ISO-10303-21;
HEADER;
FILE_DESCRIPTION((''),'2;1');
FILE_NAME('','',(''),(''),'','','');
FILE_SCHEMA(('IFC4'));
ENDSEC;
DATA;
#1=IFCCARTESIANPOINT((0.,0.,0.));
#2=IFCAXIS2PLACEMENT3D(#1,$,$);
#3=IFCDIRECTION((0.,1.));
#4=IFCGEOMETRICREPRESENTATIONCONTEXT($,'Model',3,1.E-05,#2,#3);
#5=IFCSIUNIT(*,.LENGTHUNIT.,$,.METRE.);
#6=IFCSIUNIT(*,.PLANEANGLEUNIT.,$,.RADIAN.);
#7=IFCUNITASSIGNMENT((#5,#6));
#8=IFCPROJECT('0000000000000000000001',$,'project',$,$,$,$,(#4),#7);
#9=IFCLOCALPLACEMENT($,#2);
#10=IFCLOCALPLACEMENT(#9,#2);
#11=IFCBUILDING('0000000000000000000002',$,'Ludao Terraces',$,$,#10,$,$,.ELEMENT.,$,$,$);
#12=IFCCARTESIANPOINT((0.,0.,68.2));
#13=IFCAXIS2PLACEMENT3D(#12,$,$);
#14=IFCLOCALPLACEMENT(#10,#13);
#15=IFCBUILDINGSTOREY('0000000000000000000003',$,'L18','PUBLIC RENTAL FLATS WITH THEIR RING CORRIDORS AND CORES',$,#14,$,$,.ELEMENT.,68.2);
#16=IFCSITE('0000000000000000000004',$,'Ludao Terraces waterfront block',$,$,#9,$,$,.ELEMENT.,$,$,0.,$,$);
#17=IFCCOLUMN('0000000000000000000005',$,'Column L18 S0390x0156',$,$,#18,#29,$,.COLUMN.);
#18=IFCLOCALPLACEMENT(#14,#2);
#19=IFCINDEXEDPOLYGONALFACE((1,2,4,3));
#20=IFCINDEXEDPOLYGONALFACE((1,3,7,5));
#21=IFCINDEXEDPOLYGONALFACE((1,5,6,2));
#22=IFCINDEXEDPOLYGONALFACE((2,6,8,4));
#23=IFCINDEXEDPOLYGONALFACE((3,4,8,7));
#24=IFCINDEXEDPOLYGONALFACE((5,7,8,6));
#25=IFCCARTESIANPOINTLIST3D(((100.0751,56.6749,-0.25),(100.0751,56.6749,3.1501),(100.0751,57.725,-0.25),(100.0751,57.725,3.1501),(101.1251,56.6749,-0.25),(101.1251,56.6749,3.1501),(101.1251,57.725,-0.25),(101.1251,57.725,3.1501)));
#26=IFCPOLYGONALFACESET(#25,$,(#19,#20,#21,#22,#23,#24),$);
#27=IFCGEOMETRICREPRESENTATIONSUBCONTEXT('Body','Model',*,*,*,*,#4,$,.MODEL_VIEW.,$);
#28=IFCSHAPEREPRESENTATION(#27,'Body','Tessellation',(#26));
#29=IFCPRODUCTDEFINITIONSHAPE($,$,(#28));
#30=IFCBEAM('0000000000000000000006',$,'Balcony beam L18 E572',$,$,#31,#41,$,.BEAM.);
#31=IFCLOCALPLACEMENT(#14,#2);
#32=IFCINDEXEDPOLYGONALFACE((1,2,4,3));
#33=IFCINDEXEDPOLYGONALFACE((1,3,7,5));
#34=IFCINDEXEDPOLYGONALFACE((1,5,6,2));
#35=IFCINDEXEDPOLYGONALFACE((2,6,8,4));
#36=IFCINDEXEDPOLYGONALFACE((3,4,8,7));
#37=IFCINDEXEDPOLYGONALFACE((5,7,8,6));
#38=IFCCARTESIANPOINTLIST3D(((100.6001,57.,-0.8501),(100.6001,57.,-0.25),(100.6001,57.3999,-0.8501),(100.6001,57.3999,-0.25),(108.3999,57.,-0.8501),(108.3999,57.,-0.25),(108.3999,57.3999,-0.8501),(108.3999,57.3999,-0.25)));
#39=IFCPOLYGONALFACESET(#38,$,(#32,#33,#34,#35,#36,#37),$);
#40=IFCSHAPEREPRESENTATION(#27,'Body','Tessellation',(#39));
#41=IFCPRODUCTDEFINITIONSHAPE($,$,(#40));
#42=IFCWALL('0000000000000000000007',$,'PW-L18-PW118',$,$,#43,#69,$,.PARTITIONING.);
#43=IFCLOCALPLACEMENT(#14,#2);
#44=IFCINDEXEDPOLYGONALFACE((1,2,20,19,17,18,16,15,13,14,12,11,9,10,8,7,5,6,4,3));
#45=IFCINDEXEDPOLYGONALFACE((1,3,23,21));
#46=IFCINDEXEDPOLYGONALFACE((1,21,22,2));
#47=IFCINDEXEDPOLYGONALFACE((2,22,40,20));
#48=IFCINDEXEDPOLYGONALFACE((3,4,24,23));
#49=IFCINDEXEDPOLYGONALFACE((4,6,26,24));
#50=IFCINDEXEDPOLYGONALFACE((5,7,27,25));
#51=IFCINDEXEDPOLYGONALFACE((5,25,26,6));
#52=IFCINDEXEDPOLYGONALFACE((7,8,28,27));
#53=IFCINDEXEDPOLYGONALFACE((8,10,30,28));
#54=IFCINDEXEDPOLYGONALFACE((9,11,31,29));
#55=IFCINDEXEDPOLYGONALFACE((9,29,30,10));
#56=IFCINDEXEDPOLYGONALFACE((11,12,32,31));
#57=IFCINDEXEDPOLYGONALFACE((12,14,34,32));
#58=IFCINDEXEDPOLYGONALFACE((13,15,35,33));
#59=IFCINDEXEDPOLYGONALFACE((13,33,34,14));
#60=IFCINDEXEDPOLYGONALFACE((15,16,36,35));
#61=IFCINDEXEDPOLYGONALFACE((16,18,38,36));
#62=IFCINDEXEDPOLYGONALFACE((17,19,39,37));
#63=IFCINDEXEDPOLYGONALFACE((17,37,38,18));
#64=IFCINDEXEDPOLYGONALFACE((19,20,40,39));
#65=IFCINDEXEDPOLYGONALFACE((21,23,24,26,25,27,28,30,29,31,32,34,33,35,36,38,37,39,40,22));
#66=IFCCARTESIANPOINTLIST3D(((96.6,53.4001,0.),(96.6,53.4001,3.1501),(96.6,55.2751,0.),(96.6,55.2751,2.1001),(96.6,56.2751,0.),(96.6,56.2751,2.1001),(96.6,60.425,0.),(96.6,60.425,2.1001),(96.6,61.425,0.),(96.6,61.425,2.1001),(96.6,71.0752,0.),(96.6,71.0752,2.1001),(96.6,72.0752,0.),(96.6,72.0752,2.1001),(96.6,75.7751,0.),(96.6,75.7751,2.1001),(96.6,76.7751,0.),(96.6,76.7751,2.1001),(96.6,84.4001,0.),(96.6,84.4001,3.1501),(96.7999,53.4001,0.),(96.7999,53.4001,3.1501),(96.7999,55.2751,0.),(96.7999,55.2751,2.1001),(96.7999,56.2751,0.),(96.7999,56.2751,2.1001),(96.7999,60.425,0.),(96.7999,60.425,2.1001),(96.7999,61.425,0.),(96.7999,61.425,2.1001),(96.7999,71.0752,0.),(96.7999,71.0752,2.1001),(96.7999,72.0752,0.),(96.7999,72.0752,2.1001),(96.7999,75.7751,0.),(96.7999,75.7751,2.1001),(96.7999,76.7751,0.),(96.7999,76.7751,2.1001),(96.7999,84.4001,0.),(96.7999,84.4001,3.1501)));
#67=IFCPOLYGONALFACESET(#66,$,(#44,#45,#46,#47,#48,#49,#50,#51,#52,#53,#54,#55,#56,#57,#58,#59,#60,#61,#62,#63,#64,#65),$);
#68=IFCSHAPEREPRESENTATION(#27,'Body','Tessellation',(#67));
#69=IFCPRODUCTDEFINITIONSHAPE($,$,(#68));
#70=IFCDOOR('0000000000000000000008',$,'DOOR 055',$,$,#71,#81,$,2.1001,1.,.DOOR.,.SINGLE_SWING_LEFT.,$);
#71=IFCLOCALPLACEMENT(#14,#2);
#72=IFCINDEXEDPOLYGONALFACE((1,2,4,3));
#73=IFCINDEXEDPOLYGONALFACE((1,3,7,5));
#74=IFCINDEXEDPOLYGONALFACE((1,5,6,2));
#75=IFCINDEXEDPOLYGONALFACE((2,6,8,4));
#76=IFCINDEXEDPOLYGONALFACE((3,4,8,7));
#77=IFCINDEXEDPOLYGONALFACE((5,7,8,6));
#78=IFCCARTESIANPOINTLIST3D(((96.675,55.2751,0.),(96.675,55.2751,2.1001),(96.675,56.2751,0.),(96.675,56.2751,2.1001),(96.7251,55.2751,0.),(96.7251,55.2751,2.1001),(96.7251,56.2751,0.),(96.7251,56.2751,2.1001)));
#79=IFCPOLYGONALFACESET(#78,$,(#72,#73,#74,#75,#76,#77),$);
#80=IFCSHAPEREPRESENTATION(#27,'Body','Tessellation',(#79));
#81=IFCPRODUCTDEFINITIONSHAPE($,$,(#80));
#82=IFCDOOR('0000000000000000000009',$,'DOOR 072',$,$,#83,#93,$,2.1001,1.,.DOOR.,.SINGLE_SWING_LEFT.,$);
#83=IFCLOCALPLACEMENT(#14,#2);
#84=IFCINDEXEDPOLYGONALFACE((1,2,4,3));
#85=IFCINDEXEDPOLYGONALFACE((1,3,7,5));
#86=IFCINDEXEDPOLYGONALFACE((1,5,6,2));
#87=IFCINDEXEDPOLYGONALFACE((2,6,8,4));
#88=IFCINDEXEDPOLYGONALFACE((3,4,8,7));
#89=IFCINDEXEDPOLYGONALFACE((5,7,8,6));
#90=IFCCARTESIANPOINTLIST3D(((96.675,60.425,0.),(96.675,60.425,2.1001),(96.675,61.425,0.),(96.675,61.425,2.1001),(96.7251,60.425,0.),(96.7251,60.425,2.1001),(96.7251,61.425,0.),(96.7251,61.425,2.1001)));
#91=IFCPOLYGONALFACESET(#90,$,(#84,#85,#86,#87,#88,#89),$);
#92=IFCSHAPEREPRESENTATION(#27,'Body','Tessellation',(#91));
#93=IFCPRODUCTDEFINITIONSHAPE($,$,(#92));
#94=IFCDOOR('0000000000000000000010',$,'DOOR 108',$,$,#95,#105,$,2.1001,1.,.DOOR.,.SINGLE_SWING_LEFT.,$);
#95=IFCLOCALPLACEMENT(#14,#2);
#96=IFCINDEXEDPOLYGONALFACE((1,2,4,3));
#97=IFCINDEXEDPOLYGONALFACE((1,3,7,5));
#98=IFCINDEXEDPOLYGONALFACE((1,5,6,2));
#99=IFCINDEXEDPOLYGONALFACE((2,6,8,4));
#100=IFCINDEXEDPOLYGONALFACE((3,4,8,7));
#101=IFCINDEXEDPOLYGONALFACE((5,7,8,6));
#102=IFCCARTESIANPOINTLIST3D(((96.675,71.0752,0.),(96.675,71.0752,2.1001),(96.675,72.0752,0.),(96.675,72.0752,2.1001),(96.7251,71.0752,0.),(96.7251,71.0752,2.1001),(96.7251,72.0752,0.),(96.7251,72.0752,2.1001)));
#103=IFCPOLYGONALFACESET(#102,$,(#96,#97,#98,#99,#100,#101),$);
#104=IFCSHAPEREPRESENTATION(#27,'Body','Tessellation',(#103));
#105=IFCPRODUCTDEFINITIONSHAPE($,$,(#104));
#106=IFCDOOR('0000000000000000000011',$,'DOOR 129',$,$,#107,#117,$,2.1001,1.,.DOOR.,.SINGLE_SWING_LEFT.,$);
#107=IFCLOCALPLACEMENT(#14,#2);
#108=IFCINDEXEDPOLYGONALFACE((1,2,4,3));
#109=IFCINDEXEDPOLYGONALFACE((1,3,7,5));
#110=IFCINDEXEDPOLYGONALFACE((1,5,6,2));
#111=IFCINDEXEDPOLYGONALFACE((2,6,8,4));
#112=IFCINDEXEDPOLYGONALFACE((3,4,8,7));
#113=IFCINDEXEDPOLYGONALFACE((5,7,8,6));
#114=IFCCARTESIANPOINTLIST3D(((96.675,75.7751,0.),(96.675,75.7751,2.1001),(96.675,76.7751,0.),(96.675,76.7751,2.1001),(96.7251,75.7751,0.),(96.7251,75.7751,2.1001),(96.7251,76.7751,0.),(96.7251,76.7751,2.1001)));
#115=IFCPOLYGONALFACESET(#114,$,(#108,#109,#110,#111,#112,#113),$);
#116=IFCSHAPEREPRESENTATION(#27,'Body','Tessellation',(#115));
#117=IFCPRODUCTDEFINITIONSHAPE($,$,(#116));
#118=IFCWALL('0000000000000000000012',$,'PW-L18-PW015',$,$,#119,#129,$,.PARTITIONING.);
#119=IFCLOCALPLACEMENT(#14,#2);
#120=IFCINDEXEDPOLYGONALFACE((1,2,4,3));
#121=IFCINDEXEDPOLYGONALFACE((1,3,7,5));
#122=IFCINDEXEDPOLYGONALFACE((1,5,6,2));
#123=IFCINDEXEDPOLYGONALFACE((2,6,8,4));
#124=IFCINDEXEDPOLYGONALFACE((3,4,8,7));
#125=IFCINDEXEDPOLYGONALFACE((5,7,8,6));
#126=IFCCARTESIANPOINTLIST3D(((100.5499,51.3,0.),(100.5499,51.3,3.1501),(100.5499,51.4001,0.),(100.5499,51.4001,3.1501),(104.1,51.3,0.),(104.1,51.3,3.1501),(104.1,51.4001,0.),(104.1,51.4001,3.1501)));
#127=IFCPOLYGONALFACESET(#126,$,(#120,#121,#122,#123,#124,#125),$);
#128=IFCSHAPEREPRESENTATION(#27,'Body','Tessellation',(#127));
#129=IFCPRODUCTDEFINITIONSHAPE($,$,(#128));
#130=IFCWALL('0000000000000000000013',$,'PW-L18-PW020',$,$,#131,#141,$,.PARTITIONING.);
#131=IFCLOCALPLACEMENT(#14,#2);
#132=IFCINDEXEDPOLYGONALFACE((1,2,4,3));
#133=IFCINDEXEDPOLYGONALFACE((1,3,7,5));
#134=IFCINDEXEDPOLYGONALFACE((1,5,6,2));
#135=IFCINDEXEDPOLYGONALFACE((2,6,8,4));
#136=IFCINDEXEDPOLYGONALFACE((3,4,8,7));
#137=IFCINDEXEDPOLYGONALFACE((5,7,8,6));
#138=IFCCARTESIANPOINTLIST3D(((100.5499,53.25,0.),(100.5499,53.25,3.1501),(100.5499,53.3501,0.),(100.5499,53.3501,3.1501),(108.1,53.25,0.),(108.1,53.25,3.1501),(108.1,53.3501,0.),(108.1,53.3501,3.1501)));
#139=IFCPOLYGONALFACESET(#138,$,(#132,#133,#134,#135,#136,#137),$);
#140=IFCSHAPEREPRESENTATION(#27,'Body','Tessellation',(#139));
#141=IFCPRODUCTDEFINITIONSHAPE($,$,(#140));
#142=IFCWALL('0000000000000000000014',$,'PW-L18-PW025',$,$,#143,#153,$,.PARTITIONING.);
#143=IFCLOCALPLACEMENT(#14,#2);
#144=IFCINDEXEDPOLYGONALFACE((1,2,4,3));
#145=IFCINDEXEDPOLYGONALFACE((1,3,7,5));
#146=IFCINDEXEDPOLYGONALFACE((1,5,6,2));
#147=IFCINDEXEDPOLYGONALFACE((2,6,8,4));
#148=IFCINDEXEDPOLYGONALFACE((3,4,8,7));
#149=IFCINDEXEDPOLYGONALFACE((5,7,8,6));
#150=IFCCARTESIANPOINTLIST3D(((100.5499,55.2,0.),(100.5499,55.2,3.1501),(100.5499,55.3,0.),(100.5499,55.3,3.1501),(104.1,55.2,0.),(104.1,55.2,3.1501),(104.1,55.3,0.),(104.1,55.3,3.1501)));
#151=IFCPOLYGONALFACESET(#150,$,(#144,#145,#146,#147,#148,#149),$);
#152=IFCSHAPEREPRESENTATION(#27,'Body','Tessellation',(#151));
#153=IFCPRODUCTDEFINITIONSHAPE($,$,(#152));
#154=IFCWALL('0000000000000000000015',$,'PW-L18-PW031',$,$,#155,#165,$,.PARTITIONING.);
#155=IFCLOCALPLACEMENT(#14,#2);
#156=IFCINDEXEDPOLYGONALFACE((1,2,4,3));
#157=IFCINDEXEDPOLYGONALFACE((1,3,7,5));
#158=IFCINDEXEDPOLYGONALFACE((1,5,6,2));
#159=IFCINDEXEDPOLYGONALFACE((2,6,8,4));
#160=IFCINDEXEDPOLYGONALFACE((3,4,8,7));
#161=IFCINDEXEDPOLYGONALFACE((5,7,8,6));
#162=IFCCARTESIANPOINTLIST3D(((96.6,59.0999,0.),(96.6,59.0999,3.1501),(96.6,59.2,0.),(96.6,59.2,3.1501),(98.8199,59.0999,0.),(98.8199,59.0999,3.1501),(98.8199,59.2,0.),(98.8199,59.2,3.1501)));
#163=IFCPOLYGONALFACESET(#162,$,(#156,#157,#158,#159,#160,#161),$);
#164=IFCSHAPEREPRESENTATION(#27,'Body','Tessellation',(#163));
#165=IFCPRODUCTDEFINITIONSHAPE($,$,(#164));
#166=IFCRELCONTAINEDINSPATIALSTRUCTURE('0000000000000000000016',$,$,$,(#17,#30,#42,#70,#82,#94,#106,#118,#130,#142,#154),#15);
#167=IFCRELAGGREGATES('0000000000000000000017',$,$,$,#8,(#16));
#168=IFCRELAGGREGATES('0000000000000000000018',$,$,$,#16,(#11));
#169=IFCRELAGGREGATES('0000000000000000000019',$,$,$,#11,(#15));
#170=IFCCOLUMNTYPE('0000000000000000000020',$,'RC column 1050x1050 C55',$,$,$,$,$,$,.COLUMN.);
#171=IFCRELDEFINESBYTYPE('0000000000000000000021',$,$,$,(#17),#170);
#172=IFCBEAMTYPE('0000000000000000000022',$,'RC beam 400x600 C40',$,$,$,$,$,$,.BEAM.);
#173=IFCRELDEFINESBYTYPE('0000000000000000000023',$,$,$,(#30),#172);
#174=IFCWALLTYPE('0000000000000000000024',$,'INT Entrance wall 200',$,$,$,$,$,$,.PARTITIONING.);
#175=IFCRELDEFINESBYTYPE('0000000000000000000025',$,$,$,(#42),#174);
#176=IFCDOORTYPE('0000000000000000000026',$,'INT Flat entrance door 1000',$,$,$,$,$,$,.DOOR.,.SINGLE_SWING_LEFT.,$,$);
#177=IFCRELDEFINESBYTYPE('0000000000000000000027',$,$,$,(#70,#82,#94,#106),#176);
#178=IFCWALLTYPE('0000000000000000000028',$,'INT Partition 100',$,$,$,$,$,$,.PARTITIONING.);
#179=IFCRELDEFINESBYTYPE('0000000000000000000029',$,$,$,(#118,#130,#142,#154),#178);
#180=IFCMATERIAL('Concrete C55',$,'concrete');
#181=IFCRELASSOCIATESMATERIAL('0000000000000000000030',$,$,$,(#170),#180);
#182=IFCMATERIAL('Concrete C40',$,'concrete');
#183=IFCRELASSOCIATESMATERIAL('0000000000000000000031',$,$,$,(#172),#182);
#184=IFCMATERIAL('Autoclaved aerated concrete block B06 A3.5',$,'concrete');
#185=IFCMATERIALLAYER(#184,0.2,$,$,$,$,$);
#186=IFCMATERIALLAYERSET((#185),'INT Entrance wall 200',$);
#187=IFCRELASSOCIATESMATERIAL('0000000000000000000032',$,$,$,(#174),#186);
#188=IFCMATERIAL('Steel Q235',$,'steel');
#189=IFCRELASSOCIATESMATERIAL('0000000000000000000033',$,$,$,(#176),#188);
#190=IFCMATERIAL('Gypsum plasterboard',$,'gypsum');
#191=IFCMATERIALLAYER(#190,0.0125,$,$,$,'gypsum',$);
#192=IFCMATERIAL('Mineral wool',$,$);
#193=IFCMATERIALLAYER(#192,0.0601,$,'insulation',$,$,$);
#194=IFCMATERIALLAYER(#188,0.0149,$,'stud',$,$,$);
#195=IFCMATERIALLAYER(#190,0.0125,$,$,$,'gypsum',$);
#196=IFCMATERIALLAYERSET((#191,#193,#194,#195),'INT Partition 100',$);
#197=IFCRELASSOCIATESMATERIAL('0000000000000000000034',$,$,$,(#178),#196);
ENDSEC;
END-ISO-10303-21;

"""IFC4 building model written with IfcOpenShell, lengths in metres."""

from ifc_helpers import new_model, si_unit, direction, frame, frame_2d, origin, origin_2d, place, context, subcontext, project, spatial, rectangle, extrude, material, layer, layer_set, material_profile, profile_set, type_object, element, fill, save


model = new_model("IFC4")

# Units and contexts
model_context = context("Model", 3, precision=1e-05, world=origin(), true_north=direction((0.0, 1.0)))
body_context = subcontext(model_context, "Body", "Model", "MODEL_VIEW")
ifc_project = project(units=[si_unit("LENGTHUNIT", "METRE"), si_unit("PLANEANGLEUNIT", "RADIAN")], contexts=[model_context])

# Site, building, storey
site_placement = place(None, origin())
site = spatial("IfcSite", under=ifc_project, at=site_placement, Name="Ludao Terraces waterfront block", CompositionType="ELEMENT", RefElevation=0.0)
building_placement = place(site_placement, origin())
building = spatial("IfcBuilding", under=site, at=building_placement, Name="Ludao Terraces", CompositionType="ELEMENT")
storey_placement = place(building_placement, frame((0.0, 0.0, 68.2)))
storey = spatial("IfcBuildingStorey", under=building, at=storey_placement, Name="L18", Description="PUBLIC RENTAL FLATS WITH THEIR RING CORRIDORS AND CORES", CompositionType="ELEMENT", Elevation=68.2)

# Column
ifc_material_1 = material(Name="Concrete C55", Category="concrete")
ifc_material_profile_1 = material_profile(ifc_material_1, rectangle(XDim=1.05, YDim=1.05, at=origin_2d()), Name="1050 X 1050")
ifc_profile_set_1 = profile_set([ifc_material_profile_1], Name="Concrete C55")
column_type = type_object("IfcColumnType", Name="RC column 1050x1050 C55", PredefinedType="COLUMN", material=ifc_profile_set_1)
column_placement = place(storey_placement, frame((100.6001, 57.2, -0.25), z_axis=(0.0, 0.0, 1.0), x_axis=(1.0, 0.0, 0.0)))
element("IfcColumn", 1, at=column_placement, inside=storey, type_object=column_type, Name="Column L18 S0390x0156", PredefinedType="COLUMN", context=body_context, shape_type="SweptSolid", body=[
    extrude(rectangle(XDim=1.05, YDim=1.05, at=origin_2d()), origin(), (0.0, 0.0, 1.0), 3.4001),
])

# Beam
ifc_material_2 = material(Name="Concrete C40", Category="concrete")
ifc_material_profile_2 = material_profile(ifc_material_2, rectangle(XDim=0.3999, YDim=0.6001, at=origin_2d()), Name="400 X 600")
ifc_profile_set_2 = profile_set([ifc_material_profile_2], Name="Concrete C40")
beam_type = type_object("IfcBeamType", Name="RC beam 400x600 C40", PredefinedType="BEAM", material=ifc_profile_set_2)
beam_placement = place(storey_placement, frame((100.6001, 57.2, -0.55), z_axis=(1.0, 0.0, 0.0), x_axis=(0.0, 1.0, 0.0)))
element("IfcBeam", 2, at=beam_placement, inside=storey, type_object=beam_type, Name="Balcony beam L18 E572", PredefinedType="BEAM", context=body_context, shape_type="SweptSolid", body=[
    extrude(rectangle(XDim=0.3999, YDim=0.6001, at=origin_2d()), origin(), (0.0, 0.0, 1.0), 7.7998),
])

# Wall, openings, doors
ifc_material_3 = material(Name="Autoclaved aerated concrete block B06 A3.5", Category="concrete")
ifc_layer_1 = layer(ifc_material_3, 0.2)
ifc_layer_set_1 = layer_set([ifc_layer_1], Name="INT Entrance wall 200")
wall_type_1 = type_object("IfcWallType", Name="INT Entrance wall 200", PredefinedType="PARTITIONING", material=ifc_layer_set_1)
wall_1_placement = place(storey_placement, frame((96.7, 53.4001, 0.0), z_axis=(0.0, 0.0, 1.0), x_axis=(0.0, 1.0, 0.0)))
wall_1 = element("IfcWall", 3, at=wall_1_placement, inside=storey, type_object=wall_type_1, Name="PW-L18-PW118", PredefinedType="PARTITIONING", context=body_context, shape_type="SweptSolid", body=[
    extrude(rectangle(XDim=31.0, YDim=0.2, at=frame_2d((15.5, 0.0))), origin(), (0.0, 0.0, 1.0), 3.1501),
])
opening_1_placement = place(wall_1_placement, frame((1.875, 0.0, 0.0)))
opening_1 = element("IfcOpeningElement", 4, at=opening_1_placement, cuts=wall_1, PredefinedType="OPENING", context=body_context, shape_type="SweptSolid", body=[
    extrude(rectangle(XDim=1.0, YDim=2.1001, at=frame_2d((0.5, 1.05))), frame((0.0, 0.1099, 0.0), z_axis=(0.0, -1.0, 0.0), x_axis=(1.0, 0.0, 0.0)), (0.0, 0.0, 1.0), 0.22),
])
opening_2_placement = place(wall_1_placement, frame((7.0249, 0.0, 0.0)))
opening_2 = element("IfcOpeningElement", 5, at=opening_2_placement, cuts=wall_1, PredefinedType="OPENING", context=body_context, shape_type="SweptSolid", body=[
    extrude(rectangle(XDim=1.0, YDim=2.1001, at=frame_2d((0.5, 1.05))), frame((0.0, 0.1099, 0.0), z_axis=(0.0, -1.0, 0.0), x_axis=(1.0, 0.0, 0.0)), (0.0, 0.0, 1.0), 0.22),
])
opening_3_placement = place(wall_1_placement, frame((17.675, 0.0, 0.0)))
opening_3 = element("IfcOpeningElement", 6, at=opening_3_placement, cuts=wall_1, PredefinedType="OPENING", context=body_context, shape_type="SweptSolid", body=[
    extrude(rectangle(XDim=1.0, YDim=2.1001, at=frame_2d((0.5, 1.05))), frame((0.0, 0.1099, 0.0), z_axis=(0.0, -1.0, 0.0), x_axis=(1.0, 0.0, 0.0)), (0.0, 0.0, 1.0), 0.22),
])
opening_4_placement = place(wall_1_placement, frame((22.375, 0.0, 0.0)))
opening_4 = element("IfcOpeningElement", 7, at=opening_4_placement, cuts=wall_1, PredefinedType="OPENING", context=body_context, shape_type="SweptSolid", body=[
    extrude(rectangle(XDim=1.0, YDim=2.1001, at=frame_2d((0.5, 1.05))), frame((0.0, 0.1099, 0.0), z_axis=(0.0, -1.0, 0.0), x_axis=(1.0, 0.0, 0.0)), (0.0, 0.0, 1.0), 0.22),
])
ifc_material_4 = material(Name="Steel Q235", Category="steel")
door_type_1 = type_object("IfcDoorType", Name="INT Flat entrance door 1000", OperationType="SINGLE_SWING_LEFT", PredefinedType="DOOR", material=ifc_material_4)
door_1_placement = place(opening_1_placement, origin())
door_1 = element("IfcDoor", 8, at=door_1_placement, inside=storey, type_object=door_type_1, Name="DOOR 055", OperationType="SINGLE_SWING_LEFT", OverallHeight=2.1001, OverallWidth=1.0, PredefinedType="DOOR", context=body_context, shape_type="SweptSolid", body=[
    extrude(rectangle(XDim=1.0, YDim=2.1001, at=frame_2d((0.5, 1.05))), frame((0.0, 0.0249, 0.0), z_axis=(0.0, -1.0, 0.0), x_axis=(1.0, 0.0, 0.0)), (0.0, 0.0, 1.0), 0.05),
])
fill(opening_1, door_1)
door_2_placement = place(opening_2_placement, origin())
door_2 = element("IfcDoor", 9, at=door_2_placement, inside=storey, type_object=door_type_1, Name="DOOR 072", OperationType="SINGLE_SWING_LEFT", OverallHeight=2.1001, OverallWidth=1.0, PredefinedType="DOOR", context=body_context, shape_type="SweptSolid", body=[
    extrude(rectangle(XDim=1.0, YDim=2.1001, at=frame_2d((0.5, 1.05))), frame((0.0, 0.0249, 0.0), z_axis=(0.0, -1.0, 0.0), x_axis=(1.0, 0.0, 0.0)), (0.0, 0.0, 1.0), 0.05),
])
fill(opening_2, door_2)
door_3_placement = place(opening_3_placement, origin())
door_3 = element("IfcDoor", 10, at=door_3_placement, inside=storey, type_object=door_type_1, Name="DOOR 108", OperationType="SINGLE_SWING_LEFT", OverallHeight=2.1001, OverallWidth=1.0, PredefinedType="DOOR", context=body_context, shape_type="SweptSolid", body=[
    extrude(rectangle(XDim=1.0, YDim=2.1001, at=frame_2d((0.5, 1.05))), frame((0.0, 0.0249, 0.0), z_axis=(0.0, -1.0, 0.0), x_axis=(1.0, 0.0, 0.0)), (0.0, 0.0, 1.0), 0.05),
])
fill(opening_3, door_3)
door_4_placement = place(opening_4_placement, origin())
door_4 = element("IfcDoor", 11, at=door_4_placement, inside=storey, type_object=door_type_1, Name="DOOR 129", OperationType="SINGLE_SWING_LEFT", OverallHeight=2.1001, OverallWidth=1.0, PredefinedType="DOOR", context=body_context, shape_type="SweptSolid", body=[
    extrude(rectangle(XDim=1.0, YDim=2.1001, at=frame_2d((0.5, 1.05))), frame((0.0, 0.0249, 0.0), z_axis=(0.0, -1.0, 0.0), x_axis=(1.0, 0.0, 0.0)), (0.0, 0.0, 1.0), 0.05),
])
fill(opening_4, door_4)

# Walls
ifc_material_5 = material(Name="Gypsum plasterboard", Category="gypsum")
ifc_layer_2 = layer(ifc_material_5, 0.0125, Category="gypsum")
ifc_material_6 = material(Name="Mineral wool")
ifc_layer_3 = layer(ifc_material_6, 0.0601, Name="insulation")
ifc_layer_4 = layer(ifc_material_4, 0.0149, Name="stud")
ifc_layer_5 = layer(ifc_material_5, 0.0125, Category="gypsum")
ifc_layer_set_2 = layer_set([ifc_layer_2, ifc_layer_3, ifc_layer_4, ifc_layer_5], Name="INT Partition 100")
wall_type_2 = type_object("IfcWallType", Name="INT Partition 100", PredefinedType="PARTITIONING", material=ifc_layer_set_2)
wall_2_placement = place(storey_placement, frame((100.55, 51.3501, 0.0), z_axis=(0.0, 0.0, 1.0), x_axis=(1.0, 0.0, 0.0)))
element("IfcWall", 12, at=wall_2_placement, inside=storey, type_object=wall_type_2, Name="PW-L18-PW015", PredefinedType="PARTITIONING", context=body_context, shape_type="SweptSolid", body=[
    extrude(rectangle(XDim=3.55, YDim=0.1001, at=frame_2d((1.7749, 0.0))), origin(), (0.0, 0.0, 1.0), 3.1501),
])
wall_3_placement = place(storey_placement, frame((100.55, 53.3, 0.0), z_axis=(0.0, 0.0, 1.0), x_axis=(1.0, 0.0, 0.0)))
element("IfcWall", 13, at=wall_3_placement, inside=storey, type_object=wall_type_2, Name="PW-L18-PW020", PredefinedType="PARTITIONING", context=body_context, shape_type="SweptSolid", body=[
    extrude(rectangle(XDim=7.55, YDim=0.1001, at=frame_2d((3.7749, 0.0))), origin(), (0.0, 0.0, 1.0), 3.1501),
])
wall_4_placement = place(storey_placement, frame((100.55, 55.25, 0.0), z_axis=(0.0, 0.0, 1.0), x_axis=(1.0, 0.0, 0.0)))
element("IfcWall", 14, at=wall_4_placement, inside=storey, type_object=wall_type_2, Name="PW-L18-PW025", PredefinedType="PARTITIONING", context=body_context, shape_type="SweptSolid", body=[
    extrude(rectangle(XDim=3.55, YDim=0.1001, at=frame_2d((1.7749, 0.0))), origin(), (0.0, 0.0, 1.0), 3.1501),
])
for number, where, z_axis, x_axis, name in (
    (15, (96.6001, 59.1499, 0.0), (0.0, 0.0, 1.0), (1.0, 0.0, 0.0), "PW-L18-PW031"),
):
    element("IfcWall", number, at=place(storey_placement, frame(where, z_axis=z_axis, x_axis=x_axis)), inside=storey, type_object=wall_type_2, Name=name, PredefinedType="PARTITIONING", context=body_context, shape_type="SweptSolid", body=[
        extrude(rectangle(XDim=2.22, YDim=0.1001, at=frame_2d((1.1099, 0.0))), origin(), (0.0, 0.0, 1.0), 3.1501),
    ])

save(model, "model.ifc")
